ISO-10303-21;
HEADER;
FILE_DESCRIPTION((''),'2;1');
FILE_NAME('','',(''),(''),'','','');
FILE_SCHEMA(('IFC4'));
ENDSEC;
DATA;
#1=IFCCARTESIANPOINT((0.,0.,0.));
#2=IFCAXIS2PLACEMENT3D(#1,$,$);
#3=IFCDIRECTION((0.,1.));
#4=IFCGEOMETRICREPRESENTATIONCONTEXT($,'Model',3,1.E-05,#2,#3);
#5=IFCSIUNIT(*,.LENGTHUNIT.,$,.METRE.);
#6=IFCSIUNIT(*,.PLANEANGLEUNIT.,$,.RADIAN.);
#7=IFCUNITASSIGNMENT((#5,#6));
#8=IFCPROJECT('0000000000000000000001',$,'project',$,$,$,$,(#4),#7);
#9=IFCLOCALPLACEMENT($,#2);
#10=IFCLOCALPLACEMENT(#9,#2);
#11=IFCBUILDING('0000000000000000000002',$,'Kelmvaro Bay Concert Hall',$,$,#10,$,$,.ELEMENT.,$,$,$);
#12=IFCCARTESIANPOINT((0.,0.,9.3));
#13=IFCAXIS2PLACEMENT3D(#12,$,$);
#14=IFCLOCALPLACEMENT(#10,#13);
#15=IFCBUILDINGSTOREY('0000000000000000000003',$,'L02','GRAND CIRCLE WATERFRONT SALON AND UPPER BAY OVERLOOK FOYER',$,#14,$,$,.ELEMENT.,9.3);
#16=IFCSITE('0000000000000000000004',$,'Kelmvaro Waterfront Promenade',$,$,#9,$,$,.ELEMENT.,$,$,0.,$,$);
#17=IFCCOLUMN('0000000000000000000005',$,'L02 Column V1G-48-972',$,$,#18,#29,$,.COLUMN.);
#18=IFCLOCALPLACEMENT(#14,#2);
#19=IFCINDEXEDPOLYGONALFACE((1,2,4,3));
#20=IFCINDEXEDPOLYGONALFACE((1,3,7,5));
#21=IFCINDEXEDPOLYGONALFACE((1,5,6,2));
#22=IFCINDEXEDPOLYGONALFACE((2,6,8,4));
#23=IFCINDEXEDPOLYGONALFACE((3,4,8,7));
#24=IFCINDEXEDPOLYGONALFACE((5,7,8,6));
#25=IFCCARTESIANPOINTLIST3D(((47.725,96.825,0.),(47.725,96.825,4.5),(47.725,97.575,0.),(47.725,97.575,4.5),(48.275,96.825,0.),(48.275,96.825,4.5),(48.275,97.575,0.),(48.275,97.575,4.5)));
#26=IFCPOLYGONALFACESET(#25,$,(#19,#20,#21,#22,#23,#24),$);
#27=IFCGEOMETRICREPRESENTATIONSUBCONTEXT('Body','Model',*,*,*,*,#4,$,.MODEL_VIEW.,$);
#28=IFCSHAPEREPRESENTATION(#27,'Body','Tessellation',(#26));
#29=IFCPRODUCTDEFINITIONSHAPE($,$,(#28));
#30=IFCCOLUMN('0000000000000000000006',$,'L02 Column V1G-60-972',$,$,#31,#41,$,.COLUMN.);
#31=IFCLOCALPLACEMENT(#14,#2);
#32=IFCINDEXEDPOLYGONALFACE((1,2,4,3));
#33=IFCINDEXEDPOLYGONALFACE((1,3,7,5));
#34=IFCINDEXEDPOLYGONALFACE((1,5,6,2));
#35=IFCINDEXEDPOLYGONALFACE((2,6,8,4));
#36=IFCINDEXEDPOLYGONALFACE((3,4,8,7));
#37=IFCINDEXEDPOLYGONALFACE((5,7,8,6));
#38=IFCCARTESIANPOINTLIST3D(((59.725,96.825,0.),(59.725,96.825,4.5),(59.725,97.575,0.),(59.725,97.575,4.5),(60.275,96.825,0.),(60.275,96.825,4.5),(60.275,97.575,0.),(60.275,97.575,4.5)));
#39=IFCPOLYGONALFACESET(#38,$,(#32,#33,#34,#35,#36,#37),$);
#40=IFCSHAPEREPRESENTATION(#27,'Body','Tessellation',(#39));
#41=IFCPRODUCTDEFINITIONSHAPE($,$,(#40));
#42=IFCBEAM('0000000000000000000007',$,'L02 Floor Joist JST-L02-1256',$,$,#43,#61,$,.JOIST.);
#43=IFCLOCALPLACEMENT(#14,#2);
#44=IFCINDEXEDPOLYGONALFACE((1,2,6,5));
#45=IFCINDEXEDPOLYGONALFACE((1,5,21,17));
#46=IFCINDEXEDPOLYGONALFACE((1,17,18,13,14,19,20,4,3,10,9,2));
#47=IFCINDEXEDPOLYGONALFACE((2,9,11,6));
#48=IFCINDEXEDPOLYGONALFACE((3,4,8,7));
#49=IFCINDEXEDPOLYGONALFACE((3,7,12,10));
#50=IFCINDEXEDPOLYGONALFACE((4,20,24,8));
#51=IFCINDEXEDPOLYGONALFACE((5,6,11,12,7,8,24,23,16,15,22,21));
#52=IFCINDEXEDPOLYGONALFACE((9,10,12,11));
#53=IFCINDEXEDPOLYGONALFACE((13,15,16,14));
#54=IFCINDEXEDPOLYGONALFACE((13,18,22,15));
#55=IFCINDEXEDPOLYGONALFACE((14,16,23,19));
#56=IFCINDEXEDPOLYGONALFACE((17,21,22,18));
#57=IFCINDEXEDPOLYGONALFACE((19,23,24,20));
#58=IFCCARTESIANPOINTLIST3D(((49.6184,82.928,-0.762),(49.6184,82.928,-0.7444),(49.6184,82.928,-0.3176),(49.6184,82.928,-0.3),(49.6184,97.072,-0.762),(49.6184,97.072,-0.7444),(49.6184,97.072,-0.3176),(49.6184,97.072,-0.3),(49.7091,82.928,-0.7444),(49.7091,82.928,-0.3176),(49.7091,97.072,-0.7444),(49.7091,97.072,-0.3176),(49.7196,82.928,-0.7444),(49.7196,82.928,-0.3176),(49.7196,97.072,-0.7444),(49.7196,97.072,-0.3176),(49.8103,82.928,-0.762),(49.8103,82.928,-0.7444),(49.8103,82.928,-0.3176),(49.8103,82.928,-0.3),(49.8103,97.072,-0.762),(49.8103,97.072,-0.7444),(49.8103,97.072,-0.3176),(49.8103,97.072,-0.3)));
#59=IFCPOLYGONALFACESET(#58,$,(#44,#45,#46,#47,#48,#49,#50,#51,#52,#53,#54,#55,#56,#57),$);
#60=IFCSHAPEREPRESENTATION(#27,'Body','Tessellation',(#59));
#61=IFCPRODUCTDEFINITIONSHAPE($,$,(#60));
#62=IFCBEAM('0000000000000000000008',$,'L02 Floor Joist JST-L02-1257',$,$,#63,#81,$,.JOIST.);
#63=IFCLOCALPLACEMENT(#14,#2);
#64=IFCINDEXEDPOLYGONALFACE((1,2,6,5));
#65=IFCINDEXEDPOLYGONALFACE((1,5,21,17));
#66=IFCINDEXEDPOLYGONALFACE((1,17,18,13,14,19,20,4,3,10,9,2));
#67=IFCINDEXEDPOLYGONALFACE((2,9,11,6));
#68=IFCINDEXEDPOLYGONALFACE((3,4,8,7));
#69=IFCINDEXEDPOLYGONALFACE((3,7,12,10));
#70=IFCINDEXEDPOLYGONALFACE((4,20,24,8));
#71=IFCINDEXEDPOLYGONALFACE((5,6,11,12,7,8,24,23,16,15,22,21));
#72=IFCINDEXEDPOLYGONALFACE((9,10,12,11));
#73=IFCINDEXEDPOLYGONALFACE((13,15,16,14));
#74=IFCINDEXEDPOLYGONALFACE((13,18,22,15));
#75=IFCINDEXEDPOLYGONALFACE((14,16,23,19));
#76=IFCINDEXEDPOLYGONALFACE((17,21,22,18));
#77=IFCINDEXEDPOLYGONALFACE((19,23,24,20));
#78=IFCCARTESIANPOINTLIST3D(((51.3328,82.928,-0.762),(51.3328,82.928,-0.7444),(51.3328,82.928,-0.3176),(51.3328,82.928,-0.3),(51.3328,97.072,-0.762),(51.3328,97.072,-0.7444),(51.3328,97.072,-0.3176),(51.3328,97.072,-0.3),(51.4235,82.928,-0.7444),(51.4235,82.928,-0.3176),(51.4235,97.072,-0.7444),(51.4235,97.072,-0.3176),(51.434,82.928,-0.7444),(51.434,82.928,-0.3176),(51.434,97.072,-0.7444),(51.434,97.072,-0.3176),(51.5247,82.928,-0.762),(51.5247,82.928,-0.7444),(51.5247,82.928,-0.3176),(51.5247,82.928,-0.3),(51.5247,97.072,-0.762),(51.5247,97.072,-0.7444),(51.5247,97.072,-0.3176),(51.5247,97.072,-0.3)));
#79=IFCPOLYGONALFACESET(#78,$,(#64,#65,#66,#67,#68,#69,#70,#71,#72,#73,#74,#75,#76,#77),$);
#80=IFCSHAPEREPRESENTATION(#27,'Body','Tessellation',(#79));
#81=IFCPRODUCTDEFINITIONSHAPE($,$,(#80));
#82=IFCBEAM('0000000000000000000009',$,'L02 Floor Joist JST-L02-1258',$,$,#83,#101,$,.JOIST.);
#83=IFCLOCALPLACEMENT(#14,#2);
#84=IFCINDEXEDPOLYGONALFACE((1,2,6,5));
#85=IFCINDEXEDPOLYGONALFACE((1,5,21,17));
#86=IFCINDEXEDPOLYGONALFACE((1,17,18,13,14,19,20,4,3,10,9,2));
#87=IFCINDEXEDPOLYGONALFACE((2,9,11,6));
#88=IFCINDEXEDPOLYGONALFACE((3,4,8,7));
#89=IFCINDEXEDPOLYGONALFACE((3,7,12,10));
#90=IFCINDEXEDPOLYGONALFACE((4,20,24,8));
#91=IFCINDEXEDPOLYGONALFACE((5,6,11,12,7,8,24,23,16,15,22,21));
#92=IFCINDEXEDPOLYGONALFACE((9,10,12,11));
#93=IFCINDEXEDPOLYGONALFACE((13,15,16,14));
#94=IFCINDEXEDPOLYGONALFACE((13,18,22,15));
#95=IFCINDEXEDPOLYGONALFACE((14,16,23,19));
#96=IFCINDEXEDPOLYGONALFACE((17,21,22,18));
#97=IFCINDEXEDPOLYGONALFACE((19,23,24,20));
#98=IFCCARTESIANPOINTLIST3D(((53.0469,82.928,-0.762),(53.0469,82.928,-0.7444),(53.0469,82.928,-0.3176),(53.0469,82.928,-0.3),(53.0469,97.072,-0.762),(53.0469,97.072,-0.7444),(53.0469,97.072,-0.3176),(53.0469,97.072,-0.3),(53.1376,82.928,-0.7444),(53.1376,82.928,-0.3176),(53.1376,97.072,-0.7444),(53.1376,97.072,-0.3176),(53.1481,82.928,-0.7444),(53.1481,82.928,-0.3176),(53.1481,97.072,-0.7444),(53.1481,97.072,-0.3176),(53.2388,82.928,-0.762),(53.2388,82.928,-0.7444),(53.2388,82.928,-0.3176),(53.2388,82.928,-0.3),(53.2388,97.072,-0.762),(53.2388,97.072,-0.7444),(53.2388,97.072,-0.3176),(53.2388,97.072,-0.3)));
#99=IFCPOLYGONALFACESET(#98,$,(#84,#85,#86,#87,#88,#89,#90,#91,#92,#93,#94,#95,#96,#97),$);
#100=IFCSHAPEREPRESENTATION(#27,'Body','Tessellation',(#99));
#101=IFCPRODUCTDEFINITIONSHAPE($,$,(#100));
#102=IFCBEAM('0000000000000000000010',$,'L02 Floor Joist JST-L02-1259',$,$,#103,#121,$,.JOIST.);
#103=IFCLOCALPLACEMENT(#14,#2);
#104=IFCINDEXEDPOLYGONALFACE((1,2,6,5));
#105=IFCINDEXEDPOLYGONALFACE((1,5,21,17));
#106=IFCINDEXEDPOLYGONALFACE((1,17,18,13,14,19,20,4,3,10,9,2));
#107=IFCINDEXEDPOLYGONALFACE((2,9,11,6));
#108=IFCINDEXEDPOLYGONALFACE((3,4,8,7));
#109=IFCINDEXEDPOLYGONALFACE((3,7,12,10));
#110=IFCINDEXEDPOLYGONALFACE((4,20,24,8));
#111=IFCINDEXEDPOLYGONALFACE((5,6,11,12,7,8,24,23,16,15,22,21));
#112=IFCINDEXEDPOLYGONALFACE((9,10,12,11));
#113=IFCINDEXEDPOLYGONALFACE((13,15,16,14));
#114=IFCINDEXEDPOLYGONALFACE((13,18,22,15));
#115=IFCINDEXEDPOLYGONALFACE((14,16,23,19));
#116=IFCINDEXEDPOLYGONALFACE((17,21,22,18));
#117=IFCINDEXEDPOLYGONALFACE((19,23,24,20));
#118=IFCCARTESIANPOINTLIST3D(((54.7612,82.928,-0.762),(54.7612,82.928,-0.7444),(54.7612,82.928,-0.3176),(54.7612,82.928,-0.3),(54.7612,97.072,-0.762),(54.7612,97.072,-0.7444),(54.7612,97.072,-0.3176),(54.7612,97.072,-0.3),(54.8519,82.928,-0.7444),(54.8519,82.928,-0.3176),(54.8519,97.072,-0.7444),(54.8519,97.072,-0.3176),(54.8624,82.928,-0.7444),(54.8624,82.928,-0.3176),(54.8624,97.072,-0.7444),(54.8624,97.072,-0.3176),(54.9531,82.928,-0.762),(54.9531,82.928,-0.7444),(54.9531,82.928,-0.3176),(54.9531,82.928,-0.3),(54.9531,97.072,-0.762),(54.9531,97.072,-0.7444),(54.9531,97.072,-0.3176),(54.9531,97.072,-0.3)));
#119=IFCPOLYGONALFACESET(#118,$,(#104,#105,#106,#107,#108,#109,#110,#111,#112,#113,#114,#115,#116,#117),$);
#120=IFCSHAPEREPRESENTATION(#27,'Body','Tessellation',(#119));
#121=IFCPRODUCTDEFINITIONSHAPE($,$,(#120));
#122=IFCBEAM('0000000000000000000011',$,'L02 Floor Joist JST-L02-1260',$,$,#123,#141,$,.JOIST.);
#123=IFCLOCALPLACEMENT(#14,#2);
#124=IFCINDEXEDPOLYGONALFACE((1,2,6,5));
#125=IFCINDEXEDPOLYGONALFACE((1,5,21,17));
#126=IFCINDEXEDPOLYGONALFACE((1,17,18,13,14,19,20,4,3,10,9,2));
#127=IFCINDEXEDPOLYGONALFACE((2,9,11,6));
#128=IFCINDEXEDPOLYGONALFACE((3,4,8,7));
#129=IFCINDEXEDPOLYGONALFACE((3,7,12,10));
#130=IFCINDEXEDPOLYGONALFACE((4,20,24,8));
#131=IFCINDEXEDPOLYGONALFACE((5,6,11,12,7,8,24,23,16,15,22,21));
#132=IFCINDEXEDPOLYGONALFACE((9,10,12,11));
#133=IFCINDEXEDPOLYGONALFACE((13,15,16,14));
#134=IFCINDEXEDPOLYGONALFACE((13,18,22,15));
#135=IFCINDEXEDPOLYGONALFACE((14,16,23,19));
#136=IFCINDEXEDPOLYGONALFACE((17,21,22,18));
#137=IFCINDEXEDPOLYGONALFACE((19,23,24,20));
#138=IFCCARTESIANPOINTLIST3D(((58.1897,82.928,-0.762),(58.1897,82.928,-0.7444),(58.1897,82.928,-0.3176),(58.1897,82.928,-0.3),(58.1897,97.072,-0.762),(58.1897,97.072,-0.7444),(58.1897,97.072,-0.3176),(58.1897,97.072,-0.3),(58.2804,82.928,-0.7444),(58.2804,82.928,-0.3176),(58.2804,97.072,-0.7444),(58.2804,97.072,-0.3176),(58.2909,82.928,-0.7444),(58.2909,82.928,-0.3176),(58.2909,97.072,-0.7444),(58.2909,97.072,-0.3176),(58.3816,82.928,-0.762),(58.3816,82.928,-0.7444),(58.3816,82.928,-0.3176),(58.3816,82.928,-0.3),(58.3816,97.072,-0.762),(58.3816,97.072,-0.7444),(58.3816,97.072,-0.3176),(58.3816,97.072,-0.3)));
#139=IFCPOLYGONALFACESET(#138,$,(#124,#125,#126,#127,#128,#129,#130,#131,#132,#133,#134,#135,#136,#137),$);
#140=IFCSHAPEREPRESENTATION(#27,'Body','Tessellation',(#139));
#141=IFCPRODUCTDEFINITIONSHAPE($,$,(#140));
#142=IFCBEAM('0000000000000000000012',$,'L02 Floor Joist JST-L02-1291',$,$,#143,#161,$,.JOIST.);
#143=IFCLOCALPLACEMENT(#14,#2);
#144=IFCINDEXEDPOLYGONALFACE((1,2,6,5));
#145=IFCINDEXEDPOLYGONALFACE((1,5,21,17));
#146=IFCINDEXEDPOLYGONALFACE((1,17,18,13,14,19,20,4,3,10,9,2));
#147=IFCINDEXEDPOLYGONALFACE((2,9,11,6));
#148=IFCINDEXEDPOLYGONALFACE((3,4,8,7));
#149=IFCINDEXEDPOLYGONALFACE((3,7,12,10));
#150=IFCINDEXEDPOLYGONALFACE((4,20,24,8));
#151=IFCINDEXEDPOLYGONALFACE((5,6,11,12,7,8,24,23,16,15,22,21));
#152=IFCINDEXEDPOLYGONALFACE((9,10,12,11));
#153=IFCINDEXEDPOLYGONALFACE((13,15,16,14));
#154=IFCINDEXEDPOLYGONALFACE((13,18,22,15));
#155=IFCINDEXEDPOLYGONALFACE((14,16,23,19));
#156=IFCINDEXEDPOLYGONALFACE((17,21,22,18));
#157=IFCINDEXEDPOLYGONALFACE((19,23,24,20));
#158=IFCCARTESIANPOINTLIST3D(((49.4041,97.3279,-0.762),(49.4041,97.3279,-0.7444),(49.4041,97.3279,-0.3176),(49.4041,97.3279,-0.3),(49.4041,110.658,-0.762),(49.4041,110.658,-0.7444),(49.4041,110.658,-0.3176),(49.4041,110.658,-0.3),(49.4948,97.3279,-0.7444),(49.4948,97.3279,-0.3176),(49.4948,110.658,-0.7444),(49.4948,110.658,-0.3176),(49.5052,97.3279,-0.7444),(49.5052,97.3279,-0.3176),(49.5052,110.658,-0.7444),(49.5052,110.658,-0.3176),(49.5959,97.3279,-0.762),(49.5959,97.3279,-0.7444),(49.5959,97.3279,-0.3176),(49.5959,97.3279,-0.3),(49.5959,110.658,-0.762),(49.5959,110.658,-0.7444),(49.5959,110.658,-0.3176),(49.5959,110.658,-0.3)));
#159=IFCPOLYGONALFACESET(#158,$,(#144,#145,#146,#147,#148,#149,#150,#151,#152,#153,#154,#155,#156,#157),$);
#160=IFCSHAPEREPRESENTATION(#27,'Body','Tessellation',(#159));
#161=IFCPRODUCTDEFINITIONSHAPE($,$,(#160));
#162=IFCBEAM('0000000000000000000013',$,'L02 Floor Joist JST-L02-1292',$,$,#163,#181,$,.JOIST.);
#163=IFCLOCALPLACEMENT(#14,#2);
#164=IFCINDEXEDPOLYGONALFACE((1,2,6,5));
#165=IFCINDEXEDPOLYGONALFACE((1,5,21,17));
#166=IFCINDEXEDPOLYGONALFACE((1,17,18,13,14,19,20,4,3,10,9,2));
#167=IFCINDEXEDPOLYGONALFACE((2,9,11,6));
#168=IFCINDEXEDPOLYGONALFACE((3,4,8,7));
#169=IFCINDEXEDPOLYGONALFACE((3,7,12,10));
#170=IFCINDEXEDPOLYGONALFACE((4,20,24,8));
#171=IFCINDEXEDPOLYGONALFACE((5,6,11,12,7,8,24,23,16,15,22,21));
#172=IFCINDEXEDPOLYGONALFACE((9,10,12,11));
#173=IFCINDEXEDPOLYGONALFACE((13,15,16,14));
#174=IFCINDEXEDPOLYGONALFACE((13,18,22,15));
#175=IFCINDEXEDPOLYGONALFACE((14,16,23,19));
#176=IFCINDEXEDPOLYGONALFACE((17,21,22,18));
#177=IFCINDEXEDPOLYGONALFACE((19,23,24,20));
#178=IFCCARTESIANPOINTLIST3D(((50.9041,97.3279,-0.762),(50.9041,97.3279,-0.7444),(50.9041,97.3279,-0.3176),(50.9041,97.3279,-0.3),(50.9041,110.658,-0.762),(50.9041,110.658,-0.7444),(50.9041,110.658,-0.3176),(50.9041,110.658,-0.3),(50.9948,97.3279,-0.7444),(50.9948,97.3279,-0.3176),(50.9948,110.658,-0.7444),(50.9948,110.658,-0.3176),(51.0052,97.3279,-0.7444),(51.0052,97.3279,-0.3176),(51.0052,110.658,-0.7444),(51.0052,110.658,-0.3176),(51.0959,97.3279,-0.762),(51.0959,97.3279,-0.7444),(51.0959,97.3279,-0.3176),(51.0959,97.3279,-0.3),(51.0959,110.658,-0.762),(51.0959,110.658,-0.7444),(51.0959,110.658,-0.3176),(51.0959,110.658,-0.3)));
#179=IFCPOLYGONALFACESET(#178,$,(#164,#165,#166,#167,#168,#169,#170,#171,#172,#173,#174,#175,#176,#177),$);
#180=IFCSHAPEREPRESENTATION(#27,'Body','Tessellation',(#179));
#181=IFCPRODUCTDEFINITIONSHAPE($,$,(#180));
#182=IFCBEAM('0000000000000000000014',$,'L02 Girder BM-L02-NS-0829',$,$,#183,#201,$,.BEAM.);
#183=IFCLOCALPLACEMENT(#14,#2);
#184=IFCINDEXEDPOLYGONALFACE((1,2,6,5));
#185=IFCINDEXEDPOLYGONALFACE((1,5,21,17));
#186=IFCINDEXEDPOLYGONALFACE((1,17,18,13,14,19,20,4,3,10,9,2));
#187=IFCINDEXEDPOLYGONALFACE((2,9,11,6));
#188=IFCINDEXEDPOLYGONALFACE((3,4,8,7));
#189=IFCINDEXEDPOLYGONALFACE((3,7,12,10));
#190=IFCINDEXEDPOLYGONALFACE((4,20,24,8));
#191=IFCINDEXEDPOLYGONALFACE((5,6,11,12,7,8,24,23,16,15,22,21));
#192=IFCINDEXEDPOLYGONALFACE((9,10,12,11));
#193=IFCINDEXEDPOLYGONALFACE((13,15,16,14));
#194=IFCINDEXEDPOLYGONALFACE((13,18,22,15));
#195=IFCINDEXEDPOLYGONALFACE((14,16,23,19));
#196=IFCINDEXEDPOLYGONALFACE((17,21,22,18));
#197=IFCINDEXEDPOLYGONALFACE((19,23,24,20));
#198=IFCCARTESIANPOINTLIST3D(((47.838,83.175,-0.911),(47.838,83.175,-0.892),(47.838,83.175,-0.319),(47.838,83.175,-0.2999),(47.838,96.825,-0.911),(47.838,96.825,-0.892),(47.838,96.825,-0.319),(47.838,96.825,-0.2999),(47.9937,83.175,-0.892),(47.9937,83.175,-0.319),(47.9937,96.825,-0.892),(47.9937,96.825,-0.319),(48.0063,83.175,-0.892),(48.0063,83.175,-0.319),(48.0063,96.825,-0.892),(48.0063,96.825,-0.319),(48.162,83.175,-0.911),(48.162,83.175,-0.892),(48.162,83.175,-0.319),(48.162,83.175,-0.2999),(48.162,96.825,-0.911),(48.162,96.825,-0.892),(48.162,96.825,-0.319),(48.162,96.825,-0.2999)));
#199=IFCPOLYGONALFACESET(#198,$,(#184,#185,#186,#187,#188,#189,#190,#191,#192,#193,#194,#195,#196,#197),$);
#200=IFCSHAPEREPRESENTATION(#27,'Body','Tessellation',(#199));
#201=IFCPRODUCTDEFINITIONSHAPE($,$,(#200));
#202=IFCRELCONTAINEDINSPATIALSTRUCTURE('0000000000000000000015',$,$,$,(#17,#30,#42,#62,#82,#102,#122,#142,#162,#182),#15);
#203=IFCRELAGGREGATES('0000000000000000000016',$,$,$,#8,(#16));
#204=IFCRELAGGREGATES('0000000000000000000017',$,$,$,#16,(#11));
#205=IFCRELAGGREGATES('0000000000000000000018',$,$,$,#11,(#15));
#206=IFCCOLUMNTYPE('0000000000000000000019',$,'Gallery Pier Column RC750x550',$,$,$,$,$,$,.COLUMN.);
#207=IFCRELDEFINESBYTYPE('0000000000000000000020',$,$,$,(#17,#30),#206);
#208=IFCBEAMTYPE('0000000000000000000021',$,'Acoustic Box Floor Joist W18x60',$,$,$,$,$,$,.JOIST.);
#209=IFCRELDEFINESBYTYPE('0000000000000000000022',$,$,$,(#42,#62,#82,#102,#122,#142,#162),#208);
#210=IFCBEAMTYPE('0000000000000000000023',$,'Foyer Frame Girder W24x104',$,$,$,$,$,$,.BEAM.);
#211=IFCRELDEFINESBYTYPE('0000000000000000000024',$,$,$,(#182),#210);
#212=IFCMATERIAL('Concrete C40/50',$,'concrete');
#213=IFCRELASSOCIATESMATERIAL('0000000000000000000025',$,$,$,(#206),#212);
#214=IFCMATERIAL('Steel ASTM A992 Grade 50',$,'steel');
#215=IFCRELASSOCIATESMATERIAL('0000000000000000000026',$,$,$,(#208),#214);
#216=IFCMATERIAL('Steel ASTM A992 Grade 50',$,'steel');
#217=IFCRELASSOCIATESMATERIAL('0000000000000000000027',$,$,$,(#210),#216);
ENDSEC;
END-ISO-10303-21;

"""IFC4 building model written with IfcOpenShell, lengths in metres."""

from ifc_helpers import new_model, si_unit, direction, frame, origin, origin_2d, place, context, subcontext, project, spatial, rectangle, i_section, extrude, material, material_profile, profile_set, type_object, element, save


model = new_model("IFC4")

# Units and contexts
model_context = context("Model", 3, precision=1e-05, world=origin(), true_north=direction((0.0, 1.0)))
body_context = subcontext(model_context, "Body", "Model", "MODEL_VIEW")
ifc_project = project(units=[si_unit("LENGTHUNIT", "METRE"), si_unit("PLANEANGLEUNIT", "RADIAN")], contexts=[model_context])

# Site, building, storey
site_placement = place(None, origin())
site = spatial("IfcSite", under=ifc_project, at=site_placement, Name="Kelmvaro Waterfront Promenade", CompositionType="ELEMENT", RefElevation=0.0)
building_placement = place(site_placement, origin())
building = spatial("IfcBuilding", under=site, at=building_placement, Name="Kelmvaro Bay Concert Hall", CompositionType="ELEMENT")
storey_placement = place(building_placement, frame((0.0, 0.0, 9.3)))
storey = spatial("IfcBuildingStorey", under=building, at=storey_placement, Name="L02", Description="GRAND CIRCLE WATERFRONT SALON AND UPPER BAY OVERLOOK FOYER", CompositionType="ELEMENT", Elevation=9.3)

# Columns
ifc_material_1 = material(Name="Concrete C40/50", Category="concrete")
ifc_material_profile_1 = material_profile(ifc_material_1, rectangle(XDim=0.55, YDim=0.75, at=origin_2d()), Name="RC-COL-750X550")
ifc_profile_set_1 = profile_set([ifc_material_profile_1], Name="Concrete C40/50")
column_type = type_object("IfcColumnType", Name="Gallery Pier Column RC750x550", PredefinedType="COLUMN", material=ifc_profile_set_1)
for number, where, z_axis, x_axis, name in (
    (1, (48.0, 97.2, 0.0), (0.0, 0.0, 1.0), (1.0, 0.0, 0.0), "L02 Column V1G-48-972"),
    (2, (60.0, 97.2, 0.0), (0.0, 0.0, 1.0), (1.0, 0.0, 0.0), "L02 Column V1G-60-972"),
):
    element("IfcColumn", number, at=place(storey_placement, frame(where, z_axis=z_axis, x_axis=x_axis)), inside=storey, type_object=column_type, Name=name, PredefinedType="COLUMN", context=body_context, shape_type="SweptSolid", body=[
        extrude(rectangle(XDim=0.55, YDim=0.75, at=origin_2d()), origin(), (0.0, 0.0, 1.0), 4.5),
    ])

# Beams
ifc_material_2 = material(Name="Steel ASTM A992 Grade 50", Category="steel")
ifc_material_profile_2 = material_profile(ifc_material_2, i_section(OverallWidth=0.1919, OverallDepth=0.4619, WebThickness=0.0105, FlangeThickness=0.0176, at=origin_2d()), Name="W18X60")
ifc_profile_set_2 = profile_set([ifc_material_profile_2], Name="Steel ASTM A992 Grade 50")
beam_type_1 = type_object("IfcBeamType", Name="Acoustic Box Floor Joist W18x60", PredefinedType="JOIST", material=ifc_profile_set_2)
for number, where, z_axis, x_axis, name in (
    (3, (49.7144, 82.928, -0.531), (0.0, 1.0, 0.0), (-1.0, 0.0, 0.0), "L02 Floor Joist JST-L02-1256"),
    (4, (51.4287, 82.928, -0.531), (0.0, 1.0, 0.0), (-1.0, 0.0, 0.0), "L02 Floor Joist JST-L02-1257"),
    (5, (53.1428, 82.928, -0.531), (0.0, 1.0, 0.0), (-1.0, 0.0, 0.0), "L02 Floor Joist JST-L02-1258"),
    (6, (54.8572, 82.928, -0.531), (0.0, 1.0, 0.0), (-1.0, 0.0, 0.0), "L02 Floor Joist JST-L02-1259"),
    (7, (58.2856, 82.928, -0.531), (0.0, 1.0, 0.0), (-1.0, 0.0, 0.0), "L02 Floor Joist JST-L02-1260"),
):
    element("IfcBeam", number, at=place(storey_placement, frame(where, z_axis=z_axis, x_axis=x_axis)), inside=storey, type_object=beam_type_1, Name=name, PredefinedType="JOIST", context=body_context, shape_type="SweptSolid", body=[
        extrude(i_section(OverallWidth=0.1919, OverallDepth=0.4619, WebThickness=0.0105, FlangeThickness=0.0176, at=origin_2d()), origin(), (0.0, 0.0, 1.0), 14.144),
    ])
for number, where, z_axis, x_axis, name in (
    (8, (49.5, 97.3279, -0.531), (0.0, 1.0, 0.0), (-1.0, 0.0, 0.0), "L02 Floor Joist JST-L02-1291"),
    (9, (51.0, 97.3279, -0.531), (0.0, 1.0, 0.0), (-1.0, 0.0, 0.0), "L02 Floor Joist JST-L02-1292"),
):
    element("IfcBeam", number, at=place(storey_placement, frame(where, z_axis=z_axis, x_axis=x_axis)), inside=storey, type_object=beam_type_1, Name=name, PredefinedType="JOIST", context=body_context, shape_type="SweptSolid", body=[
        extrude(i_section(OverallWidth=0.1919, OverallDepth=0.4619, WebThickness=0.0105, FlangeThickness=0.0176, at=origin_2d()), origin(), (0.0, 0.0, 1.0), 13.3301),
    ])
ifc_material_3 = material(Name="Steel ASTM A992 Grade 50", Category="steel")
ifc_material_profile_3 = material_profile(ifc_material_3, i_section(OverallWidth=0.324, OverallDepth=0.6111, WebThickness=0.0127, FlangeThickness=0.019, at=origin_2d()), Name="W24X104")
ifc_profile_set_3 = profile_set([ifc_material_profile_3], Name="Steel ASTM A992 Grade 50")
beam_type_2 = type_object("IfcBeamType", Name="Foyer Frame Girder W24x104", PredefinedType="BEAM", material=ifc_profile_set_3)
beam_1_placement = place(storey_placement, frame((48.0, 83.175, -0.6055), z_axis=(0.0, 1.0, 0.0), x_axis=(-1.0, 0.0, 0.0)))
element("IfcBeam", 10, at=beam_1_placement, inside=storey, type_object=beam_type_2, Name="L02 Girder BM-L02-NS-0829", PredefinedType="BEAM", context=body_context, shape_type="SweptSolid", body=[
    extrude(i_section(OverallWidth=0.324, OverallDepth=0.6111, WebThickness=0.0127, FlangeThickness=0.019, at=origin_2d()), origin(), (0.0, 0.0, 1.0), 13.6499),
])

save(model, "model.ifc")
